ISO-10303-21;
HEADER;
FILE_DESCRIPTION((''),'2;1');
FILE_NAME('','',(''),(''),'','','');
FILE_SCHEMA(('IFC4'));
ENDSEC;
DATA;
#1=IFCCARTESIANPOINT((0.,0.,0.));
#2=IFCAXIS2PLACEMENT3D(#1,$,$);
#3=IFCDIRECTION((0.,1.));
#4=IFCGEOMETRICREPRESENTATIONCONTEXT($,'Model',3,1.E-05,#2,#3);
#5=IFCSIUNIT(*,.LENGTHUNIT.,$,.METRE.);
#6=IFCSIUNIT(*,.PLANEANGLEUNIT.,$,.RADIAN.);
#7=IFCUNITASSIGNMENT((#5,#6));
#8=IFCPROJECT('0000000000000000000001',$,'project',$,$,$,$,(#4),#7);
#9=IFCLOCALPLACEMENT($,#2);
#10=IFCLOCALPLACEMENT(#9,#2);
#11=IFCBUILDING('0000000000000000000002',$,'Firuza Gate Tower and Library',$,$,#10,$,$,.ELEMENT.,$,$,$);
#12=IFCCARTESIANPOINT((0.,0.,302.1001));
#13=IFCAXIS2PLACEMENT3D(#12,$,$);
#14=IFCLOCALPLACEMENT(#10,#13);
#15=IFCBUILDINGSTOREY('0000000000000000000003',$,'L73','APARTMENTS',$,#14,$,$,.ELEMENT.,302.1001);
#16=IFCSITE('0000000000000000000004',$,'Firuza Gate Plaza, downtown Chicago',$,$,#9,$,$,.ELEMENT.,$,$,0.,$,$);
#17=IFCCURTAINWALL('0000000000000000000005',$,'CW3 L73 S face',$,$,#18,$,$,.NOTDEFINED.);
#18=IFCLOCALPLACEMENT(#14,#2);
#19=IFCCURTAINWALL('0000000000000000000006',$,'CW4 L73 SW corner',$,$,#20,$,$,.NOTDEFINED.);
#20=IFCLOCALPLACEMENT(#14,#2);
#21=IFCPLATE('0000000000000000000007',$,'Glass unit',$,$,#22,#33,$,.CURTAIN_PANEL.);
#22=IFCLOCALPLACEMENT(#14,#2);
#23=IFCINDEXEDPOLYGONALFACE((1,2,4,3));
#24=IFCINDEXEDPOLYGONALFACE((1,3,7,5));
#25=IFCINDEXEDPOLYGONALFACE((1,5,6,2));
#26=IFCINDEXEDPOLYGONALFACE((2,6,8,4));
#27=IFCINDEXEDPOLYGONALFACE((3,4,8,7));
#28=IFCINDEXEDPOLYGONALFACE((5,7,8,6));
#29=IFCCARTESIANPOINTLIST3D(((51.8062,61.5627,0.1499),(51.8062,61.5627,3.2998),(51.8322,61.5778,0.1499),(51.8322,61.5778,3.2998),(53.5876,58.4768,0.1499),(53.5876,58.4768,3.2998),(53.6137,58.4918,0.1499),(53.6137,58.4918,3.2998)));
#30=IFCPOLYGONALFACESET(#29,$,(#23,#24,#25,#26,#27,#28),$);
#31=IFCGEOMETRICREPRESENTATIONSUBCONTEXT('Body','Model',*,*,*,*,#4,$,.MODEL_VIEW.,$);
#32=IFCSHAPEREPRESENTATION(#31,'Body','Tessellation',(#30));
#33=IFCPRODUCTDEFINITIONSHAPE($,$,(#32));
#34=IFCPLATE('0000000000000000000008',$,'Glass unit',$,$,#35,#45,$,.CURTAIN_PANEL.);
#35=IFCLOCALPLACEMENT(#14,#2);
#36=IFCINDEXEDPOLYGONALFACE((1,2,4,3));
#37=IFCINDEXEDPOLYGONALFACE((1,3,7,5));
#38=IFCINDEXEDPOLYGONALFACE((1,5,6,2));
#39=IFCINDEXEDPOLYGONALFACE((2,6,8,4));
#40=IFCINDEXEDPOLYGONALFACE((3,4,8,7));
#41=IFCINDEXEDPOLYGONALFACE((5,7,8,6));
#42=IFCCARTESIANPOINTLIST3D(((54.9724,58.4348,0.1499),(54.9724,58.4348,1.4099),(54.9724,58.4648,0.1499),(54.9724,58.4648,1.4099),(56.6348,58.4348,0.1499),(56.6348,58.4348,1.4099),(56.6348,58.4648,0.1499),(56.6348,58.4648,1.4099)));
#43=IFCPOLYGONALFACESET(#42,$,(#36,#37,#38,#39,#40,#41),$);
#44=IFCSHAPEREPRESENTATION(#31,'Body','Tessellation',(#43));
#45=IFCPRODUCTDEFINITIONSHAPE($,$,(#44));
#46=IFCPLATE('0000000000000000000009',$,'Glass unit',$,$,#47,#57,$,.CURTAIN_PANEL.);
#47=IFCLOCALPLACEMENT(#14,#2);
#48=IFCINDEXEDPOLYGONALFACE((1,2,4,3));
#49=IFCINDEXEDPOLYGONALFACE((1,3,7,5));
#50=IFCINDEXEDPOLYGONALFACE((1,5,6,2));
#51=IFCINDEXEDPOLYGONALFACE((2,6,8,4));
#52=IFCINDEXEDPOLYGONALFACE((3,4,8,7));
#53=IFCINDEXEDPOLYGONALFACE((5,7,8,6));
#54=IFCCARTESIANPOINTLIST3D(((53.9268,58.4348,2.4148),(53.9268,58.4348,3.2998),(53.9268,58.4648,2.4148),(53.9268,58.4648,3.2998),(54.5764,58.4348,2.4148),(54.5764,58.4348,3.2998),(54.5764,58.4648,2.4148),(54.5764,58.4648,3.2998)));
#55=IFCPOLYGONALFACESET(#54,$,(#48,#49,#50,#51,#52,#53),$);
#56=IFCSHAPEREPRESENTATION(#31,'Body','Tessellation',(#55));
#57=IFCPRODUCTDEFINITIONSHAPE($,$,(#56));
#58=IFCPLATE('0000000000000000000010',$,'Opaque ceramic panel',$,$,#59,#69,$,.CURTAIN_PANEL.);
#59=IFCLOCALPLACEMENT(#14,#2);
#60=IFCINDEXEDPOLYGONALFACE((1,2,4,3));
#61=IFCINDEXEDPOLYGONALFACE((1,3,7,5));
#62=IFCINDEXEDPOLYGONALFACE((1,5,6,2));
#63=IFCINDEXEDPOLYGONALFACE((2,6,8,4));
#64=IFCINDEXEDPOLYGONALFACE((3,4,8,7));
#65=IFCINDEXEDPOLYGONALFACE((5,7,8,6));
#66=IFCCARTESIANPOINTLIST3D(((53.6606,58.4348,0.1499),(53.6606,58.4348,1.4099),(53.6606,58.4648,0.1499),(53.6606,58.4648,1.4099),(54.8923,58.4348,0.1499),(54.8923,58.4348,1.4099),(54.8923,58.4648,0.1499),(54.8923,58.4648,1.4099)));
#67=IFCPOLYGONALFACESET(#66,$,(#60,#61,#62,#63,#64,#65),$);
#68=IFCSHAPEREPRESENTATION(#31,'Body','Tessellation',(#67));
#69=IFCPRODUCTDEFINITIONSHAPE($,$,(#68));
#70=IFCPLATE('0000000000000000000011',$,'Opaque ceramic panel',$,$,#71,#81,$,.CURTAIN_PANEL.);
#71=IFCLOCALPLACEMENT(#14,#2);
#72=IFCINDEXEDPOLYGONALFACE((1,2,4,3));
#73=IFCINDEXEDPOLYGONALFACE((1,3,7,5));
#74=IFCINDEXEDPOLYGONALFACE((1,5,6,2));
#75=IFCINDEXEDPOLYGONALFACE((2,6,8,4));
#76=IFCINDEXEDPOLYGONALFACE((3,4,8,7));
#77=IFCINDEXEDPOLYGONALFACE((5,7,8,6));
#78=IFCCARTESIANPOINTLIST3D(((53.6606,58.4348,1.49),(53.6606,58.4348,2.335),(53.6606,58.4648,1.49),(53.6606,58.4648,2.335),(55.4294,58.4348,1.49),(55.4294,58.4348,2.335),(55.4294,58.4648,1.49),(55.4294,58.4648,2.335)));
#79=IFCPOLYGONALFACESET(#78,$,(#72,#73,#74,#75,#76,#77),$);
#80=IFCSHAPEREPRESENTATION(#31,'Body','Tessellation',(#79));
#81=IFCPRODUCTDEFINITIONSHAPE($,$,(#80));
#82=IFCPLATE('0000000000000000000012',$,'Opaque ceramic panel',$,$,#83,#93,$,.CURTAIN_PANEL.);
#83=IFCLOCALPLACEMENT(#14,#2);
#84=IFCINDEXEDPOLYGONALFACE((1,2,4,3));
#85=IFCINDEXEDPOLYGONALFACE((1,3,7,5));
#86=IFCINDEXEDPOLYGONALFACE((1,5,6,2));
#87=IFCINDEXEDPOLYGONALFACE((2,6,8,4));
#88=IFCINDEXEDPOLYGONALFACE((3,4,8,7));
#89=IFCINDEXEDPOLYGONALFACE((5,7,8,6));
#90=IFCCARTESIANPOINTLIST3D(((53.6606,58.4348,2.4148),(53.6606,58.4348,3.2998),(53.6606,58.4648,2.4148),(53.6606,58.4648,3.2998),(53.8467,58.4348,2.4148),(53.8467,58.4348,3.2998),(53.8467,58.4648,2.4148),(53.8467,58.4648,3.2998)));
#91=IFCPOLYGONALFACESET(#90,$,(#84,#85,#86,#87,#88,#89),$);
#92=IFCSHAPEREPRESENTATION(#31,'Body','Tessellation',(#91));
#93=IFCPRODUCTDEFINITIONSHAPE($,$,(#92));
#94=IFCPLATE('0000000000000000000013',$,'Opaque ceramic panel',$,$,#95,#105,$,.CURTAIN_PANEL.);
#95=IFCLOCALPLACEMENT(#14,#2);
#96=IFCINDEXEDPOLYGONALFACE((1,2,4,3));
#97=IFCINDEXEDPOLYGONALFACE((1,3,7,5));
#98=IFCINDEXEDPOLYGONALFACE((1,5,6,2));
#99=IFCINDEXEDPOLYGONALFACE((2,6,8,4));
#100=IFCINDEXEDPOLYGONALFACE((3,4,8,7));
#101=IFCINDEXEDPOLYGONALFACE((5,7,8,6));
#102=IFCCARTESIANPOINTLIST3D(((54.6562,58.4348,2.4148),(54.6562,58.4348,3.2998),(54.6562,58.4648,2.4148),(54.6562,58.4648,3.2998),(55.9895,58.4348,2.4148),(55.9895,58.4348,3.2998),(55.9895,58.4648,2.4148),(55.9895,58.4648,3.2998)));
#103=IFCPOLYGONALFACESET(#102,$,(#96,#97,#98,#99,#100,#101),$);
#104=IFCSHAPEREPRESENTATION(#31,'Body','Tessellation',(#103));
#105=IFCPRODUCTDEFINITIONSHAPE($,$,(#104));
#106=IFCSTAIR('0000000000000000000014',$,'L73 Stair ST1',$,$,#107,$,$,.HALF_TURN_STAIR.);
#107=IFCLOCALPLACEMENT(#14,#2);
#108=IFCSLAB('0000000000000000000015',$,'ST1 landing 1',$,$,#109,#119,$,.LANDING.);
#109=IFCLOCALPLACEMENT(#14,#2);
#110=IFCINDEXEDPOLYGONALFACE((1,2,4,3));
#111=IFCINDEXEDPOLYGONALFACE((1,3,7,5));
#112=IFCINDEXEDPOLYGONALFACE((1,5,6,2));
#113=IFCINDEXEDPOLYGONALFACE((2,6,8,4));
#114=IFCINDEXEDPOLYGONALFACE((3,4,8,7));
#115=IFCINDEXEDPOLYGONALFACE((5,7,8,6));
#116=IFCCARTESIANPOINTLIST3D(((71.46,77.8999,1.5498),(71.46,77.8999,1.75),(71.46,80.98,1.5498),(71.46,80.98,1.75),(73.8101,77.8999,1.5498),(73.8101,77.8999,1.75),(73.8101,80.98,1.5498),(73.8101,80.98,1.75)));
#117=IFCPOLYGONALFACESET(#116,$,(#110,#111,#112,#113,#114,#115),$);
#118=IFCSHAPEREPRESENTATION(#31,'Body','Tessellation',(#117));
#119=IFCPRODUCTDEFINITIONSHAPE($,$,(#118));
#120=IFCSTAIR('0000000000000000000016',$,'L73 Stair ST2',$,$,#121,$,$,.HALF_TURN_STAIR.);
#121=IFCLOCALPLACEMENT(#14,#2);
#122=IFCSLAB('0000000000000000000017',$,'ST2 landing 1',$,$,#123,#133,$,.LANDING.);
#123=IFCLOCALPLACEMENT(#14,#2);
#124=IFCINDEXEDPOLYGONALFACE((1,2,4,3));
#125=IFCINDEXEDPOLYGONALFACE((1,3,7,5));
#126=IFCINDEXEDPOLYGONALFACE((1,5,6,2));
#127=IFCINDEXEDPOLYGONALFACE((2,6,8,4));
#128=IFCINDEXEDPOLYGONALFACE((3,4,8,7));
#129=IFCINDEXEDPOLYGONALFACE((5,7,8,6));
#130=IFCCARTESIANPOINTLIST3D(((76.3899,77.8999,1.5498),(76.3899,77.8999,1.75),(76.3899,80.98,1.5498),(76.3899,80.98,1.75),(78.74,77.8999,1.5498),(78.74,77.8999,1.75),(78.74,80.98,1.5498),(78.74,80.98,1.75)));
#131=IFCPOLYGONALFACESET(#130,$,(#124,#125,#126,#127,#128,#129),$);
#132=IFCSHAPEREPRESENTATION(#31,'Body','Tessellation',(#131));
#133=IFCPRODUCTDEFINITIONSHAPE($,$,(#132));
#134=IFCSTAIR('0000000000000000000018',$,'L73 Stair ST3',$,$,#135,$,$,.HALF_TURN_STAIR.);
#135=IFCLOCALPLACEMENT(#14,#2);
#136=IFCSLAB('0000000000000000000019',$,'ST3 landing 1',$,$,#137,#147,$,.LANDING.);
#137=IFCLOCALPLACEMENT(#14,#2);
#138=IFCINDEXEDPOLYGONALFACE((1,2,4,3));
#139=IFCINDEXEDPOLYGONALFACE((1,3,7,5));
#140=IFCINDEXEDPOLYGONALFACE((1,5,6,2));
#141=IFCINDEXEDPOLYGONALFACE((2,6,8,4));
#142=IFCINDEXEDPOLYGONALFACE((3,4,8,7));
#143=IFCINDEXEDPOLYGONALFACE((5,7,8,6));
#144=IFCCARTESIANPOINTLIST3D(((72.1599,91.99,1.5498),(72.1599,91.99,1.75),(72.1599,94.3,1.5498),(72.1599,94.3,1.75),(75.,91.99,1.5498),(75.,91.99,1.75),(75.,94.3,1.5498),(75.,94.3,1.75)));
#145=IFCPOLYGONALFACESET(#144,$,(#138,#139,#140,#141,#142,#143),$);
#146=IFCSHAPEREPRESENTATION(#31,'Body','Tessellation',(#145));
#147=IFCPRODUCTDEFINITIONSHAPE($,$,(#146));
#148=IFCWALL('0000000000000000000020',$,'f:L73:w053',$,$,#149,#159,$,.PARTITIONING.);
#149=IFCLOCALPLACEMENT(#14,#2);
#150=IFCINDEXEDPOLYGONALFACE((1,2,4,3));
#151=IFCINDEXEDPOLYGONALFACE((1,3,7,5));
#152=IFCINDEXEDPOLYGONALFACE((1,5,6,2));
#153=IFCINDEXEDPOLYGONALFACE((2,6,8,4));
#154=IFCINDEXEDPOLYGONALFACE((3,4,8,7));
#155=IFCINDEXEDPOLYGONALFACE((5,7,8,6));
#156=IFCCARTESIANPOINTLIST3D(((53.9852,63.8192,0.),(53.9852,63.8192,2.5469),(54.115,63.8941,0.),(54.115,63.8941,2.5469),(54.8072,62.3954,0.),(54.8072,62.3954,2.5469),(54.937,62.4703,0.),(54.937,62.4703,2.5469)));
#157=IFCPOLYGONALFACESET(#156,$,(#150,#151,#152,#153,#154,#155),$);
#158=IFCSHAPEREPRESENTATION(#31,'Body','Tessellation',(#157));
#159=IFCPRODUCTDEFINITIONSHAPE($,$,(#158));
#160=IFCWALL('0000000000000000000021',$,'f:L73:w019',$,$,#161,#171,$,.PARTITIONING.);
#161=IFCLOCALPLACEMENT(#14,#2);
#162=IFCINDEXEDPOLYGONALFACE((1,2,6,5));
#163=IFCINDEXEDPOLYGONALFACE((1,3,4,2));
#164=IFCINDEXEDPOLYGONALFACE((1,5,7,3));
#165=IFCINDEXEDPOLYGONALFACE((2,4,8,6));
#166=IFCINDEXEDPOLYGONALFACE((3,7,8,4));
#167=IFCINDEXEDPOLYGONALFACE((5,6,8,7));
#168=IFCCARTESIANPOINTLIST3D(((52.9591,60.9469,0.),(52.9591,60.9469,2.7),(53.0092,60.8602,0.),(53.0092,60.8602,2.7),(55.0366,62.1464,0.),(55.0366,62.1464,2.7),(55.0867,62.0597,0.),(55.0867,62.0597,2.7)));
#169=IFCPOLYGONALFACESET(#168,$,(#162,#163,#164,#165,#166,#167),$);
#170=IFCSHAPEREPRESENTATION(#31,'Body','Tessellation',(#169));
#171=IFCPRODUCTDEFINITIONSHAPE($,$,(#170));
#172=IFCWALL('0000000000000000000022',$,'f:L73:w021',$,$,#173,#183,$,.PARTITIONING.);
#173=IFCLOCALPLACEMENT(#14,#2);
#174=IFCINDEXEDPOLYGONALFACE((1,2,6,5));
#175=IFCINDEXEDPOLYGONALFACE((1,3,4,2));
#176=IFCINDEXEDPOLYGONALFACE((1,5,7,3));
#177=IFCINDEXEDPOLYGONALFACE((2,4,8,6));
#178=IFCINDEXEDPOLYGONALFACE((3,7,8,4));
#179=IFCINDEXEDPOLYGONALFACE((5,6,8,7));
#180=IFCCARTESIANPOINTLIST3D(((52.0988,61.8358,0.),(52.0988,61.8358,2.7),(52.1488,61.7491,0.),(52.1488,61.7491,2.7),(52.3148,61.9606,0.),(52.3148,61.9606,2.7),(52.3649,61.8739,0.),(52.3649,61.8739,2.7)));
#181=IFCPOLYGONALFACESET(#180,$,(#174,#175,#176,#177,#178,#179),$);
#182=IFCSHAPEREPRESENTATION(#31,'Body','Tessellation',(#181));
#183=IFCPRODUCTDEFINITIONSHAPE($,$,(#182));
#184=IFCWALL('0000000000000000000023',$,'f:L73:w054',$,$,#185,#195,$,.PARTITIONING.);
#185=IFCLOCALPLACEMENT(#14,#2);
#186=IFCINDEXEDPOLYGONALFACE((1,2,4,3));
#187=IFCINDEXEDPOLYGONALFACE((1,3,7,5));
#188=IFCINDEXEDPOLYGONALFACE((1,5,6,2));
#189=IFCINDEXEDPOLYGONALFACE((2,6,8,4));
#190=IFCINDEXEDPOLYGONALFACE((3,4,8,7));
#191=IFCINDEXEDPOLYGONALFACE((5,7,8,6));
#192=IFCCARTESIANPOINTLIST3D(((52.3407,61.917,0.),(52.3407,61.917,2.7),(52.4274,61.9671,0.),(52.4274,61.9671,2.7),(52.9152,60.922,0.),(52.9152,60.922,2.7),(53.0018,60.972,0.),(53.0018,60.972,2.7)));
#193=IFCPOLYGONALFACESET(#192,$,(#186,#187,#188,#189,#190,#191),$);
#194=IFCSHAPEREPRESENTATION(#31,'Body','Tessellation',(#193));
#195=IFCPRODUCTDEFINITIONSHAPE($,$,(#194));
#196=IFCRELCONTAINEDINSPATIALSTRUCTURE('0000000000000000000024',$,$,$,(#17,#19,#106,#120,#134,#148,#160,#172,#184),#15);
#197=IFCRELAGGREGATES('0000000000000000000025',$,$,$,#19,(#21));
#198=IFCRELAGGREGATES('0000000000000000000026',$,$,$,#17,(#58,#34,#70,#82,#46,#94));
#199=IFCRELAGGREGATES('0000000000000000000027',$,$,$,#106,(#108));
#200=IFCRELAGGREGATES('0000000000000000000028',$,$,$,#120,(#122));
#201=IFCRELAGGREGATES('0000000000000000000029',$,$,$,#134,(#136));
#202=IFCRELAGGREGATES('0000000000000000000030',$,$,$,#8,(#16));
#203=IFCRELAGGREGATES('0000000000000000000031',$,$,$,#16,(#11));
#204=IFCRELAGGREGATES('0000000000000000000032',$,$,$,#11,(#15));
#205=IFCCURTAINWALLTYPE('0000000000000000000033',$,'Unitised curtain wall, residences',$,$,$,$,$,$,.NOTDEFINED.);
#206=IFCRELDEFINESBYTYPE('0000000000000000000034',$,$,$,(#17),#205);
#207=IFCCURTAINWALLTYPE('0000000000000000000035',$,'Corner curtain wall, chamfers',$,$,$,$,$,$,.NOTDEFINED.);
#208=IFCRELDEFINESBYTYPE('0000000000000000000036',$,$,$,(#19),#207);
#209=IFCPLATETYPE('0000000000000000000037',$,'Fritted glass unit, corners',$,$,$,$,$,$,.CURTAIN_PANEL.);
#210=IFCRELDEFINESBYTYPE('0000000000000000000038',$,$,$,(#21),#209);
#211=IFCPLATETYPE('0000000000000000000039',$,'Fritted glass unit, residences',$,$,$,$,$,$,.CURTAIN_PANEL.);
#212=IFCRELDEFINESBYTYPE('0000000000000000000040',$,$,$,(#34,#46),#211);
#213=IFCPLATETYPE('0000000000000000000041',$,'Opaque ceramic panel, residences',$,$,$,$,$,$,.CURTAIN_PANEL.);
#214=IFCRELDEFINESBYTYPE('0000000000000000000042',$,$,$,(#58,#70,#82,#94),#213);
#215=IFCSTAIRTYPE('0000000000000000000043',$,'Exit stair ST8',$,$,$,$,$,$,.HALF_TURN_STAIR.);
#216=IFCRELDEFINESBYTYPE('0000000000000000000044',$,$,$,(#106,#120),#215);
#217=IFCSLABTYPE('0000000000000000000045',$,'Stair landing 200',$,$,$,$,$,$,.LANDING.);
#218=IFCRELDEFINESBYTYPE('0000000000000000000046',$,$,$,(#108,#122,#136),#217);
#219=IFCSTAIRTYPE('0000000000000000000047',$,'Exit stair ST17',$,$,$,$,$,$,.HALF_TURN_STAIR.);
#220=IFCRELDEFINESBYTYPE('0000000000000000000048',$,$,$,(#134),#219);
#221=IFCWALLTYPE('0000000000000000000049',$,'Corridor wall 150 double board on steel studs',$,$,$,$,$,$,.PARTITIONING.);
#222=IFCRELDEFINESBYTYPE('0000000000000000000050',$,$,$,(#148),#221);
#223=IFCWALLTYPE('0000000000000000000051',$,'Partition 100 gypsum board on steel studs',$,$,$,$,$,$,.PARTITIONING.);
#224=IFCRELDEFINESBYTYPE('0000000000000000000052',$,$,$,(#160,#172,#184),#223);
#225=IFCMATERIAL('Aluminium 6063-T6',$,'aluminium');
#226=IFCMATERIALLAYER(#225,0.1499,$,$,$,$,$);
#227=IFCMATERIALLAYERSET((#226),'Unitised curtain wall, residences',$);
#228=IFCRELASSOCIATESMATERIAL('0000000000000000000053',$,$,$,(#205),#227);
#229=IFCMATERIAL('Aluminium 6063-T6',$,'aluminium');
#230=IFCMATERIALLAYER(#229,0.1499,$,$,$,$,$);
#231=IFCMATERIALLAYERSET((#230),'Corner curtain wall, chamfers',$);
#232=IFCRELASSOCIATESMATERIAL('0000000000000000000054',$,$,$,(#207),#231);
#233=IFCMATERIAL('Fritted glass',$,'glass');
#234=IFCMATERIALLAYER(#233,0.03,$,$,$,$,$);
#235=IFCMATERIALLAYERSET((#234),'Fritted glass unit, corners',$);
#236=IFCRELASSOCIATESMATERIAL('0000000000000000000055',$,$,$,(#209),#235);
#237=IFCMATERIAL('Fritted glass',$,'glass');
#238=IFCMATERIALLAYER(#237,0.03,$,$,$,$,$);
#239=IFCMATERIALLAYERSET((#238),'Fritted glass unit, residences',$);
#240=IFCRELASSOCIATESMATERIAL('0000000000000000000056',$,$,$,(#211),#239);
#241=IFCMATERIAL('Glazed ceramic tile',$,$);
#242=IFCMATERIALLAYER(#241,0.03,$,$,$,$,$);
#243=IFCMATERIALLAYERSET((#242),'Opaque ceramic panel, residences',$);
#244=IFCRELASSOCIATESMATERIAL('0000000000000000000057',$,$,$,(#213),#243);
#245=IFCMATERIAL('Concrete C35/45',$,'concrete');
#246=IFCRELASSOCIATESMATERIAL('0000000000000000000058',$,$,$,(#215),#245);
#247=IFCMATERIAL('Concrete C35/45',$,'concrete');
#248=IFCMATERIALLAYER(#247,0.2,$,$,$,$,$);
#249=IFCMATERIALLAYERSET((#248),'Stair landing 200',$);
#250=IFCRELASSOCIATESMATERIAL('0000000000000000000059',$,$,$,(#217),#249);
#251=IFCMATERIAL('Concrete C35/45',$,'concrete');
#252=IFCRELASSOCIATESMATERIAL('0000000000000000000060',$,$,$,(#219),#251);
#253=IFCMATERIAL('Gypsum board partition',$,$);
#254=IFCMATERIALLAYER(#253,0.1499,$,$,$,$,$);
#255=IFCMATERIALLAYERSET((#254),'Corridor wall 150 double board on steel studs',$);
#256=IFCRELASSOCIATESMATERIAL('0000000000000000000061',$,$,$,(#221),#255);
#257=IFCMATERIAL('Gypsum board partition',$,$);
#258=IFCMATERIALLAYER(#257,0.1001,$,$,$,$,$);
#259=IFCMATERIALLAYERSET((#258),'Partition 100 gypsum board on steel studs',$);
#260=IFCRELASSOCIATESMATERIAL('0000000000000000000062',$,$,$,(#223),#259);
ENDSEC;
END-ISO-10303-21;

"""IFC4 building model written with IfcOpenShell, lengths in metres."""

from ifc_helpers import new_model, si_unit, direction, frame, frame_2d, origin, place, context, subcontext, project, spatial, polyline, rectangle, outline, extrude, material, layer, layer_set, type_object, element, aggregate, save


model = new_model("IFC4")

# Units and contexts
model_context = context("Model", 3, precision=1e-05, world=origin(), true_north=direction((0.0, 1.0)))
body_context = subcontext(model_context, "Body", "Model", "MODEL_VIEW")
ifc_project = project(units=[si_unit("LENGTHUNIT", "METRE"), si_unit("PLANEANGLEUNIT", "RADIAN")], contexts=[model_context])

# Site, building, storey
site_placement = place(None, origin())
site = spatial("IfcSite", under=ifc_project, at=site_placement, Name="Firuza Gate Plaza, downtown Chicago", CompositionType="ELEMENT", RefElevation=0.0)
building_placement = place(site_placement, origin())
building = spatial("IfcBuilding", under=site, at=building_placement, Name="Firuza Gate Tower and Library", CompositionType="ELEMENT")
storey_placement = place(building_placement, frame((0.0, 0.0, 302.1001)))
storey = spatial("IfcBuildingStorey", under=building, at=storey_placement, Name="L73", Description="APARTMENTS", CompositionType="ELEMENT", Elevation=302.1001)

# Curtain walls
ifc_material_1 = material(Name="Aluminium 6063-T6", Category="aluminium")
ifc_layer_1 = layer(ifc_material_1, 0.1499)
ifc_layer_set_1 = layer_set([ifc_layer_1], Name="Unitised curtain wall, residences")
curtain_wall_type_1 = type_object("IfcCurtainWallType", Name="Unitised curtain wall, residences", PredefinedType="NOTDEFINED", material=ifc_layer_set_1)
placement_1 = place(storey_placement, origin())
curtain_wall_1 = element("IfcCurtainWall", 1, at=placement_1, inside=storey, type_object=curtain_wall_type_1, Name="CW3 L73 S face", PredefinedType="NOTDEFINED")
ifc_material_2 = material(Name="Aluminium 6063-T6", Category="aluminium")
ifc_layer_2 = layer(ifc_material_2, 0.1499)
ifc_layer_set_2 = layer_set([ifc_layer_2], Name="Corner curtain wall, chamfers")
curtain_wall_type_2 = type_object("IfcCurtainWallType", Name="Corner curtain wall, chamfers", PredefinedType="NOTDEFINED", material=ifc_layer_set_2)
curtain_wall_2 = element("IfcCurtainWall", 2, at=placement_1, inside=storey, type_object=curtain_wall_type_2, Name="CW4 L73 SW corner", PredefinedType="NOTDEFINED")

# Plates
ifc_material_3 = material(Name="Fritted glass", Category="glass")
ifc_layer_3 = layer(ifc_material_3, 0.03)
ifc_layer_set_3 = layer_set([ifc_layer_3], Name="Fritted glass unit, corners")
plate_type_1 = type_object("IfcPlateType", Name="Fritted glass unit, corners", PredefinedType="CURTAIN_PANEL", material=ifc_layer_set_3)
plate_1_placement = place(storey_placement, frame((51.8062, 61.5627, 0.1499), z_axis=(-0.866046, -0.499964, 0.0), x_axis=(0.499964, -0.866046, 0.0)))
plate_1 = element("IfcPlate", 3, at=plate_1_placement, type_object=plate_type_1, Name="Glass unit", PredefinedType="CURTAIN_PANEL", context=body_context, shape_type="SweptSolid", body=[
    extrude(outline(polyline([(0.0, 0.0), (3.5632, 0.0), (3.5632, 3.1499), (0.0, 3.1499), (0.0, 0.0)])), origin(), (0.0, 0.0, -1.0), 0.03),
])
aggregate(curtain_wall_2, [plate_1])
ifc_material_4 = material(Name="Fritted glass", Category="glass")
ifc_layer_4 = layer(ifc_material_4, 0.03)
ifc_layer_set_4 = layer_set([ifc_layer_4], Name="Fritted glass unit, residences")
plate_type_2 = type_object("IfcPlateType", Name="Fritted glass unit, residences", PredefinedType="CURTAIN_PANEL", material=ifc_layer_set_4)
plate_2_placement = place(storey_placement, frame((54.9724, 58.4348, 0.1499), z_axis=(0.0, -1.0, 0.0), x_axis=(1.0, 0.0, 0.0)))
plate_2 = element("IfcPlate", 4, at=plate_2_placement, type_object=plate_type_2, Name="Glass unit", PredefinedType="CURTAIN_PANEL", context=body_context, shape_type="SweptSolid", body=[
    extrude(outline(polyline([(0.0, 0.0), (1.6624, 0.0), (1.6624, 1.26), (0.0, 1.26), (0.0, 0.0)])), origin(), (0.0, 0.0, -1.0), 0.03),
])
plate_3_placement = place(storey_placement, frame((53.9268, 58.4348, 2.4148), z_axis=(0.0, -1.0, 0.0), x_axis=(1.0, 0.0, 0.0)))
plate_3 = element("IfcPlate", 5, at=plate_3_placement, type_object=plate_type_2, Name="Glass unit", PredefinedType="CURTAIN_PANEL", context=body_context, shape_type="SweptSolid", body=[
    extrude(outline(polyline([(0.0, 0.0), (0.6497, 0.0), (0.6497, 0.885), (0.0, 0.885), (0.0, 0.0)])), origin(), (0.0, 0.0, -1.0), 0.03),
])
ifc_material_5 = material(Name="Glazed ceramic tile")
ifc_layer_5 = layer(ifc_material_5, 0.03)
ifc_layer_set_5 = layer_set([ifc_layer_5], Name="Opaque ceramic panel, residences")
plate_type_3 = type_object("IfcPlateType", Name="Opaque ceramic panel, residences", PredefinedType="CURTAIN_PANEL", material=ifc_layer_set_5)
plate_4_placement = place(storey_placement, frame((53.6606, 58.4348, 0.1499), z_axis=(0.0, -1.0, 0.0), x_axis=(1.0, 0.0, 0.0)))
plate_4 = element("IfcPlate", 6, at=plate_4_placement, type_object=plate_type_3, Name="Opaque ceramic panel", PredefinedType="CURTAIN_PANEL", context=body_context, shape_type="SweptSolid", body=[
    extrude(outline(polyline([(0.0, 0.0), (1.2317, 0.0), (1.2317, 1.26), (0.0, 1.26), (0.0, 0.0)])), origin(), (0.0, 0.0, -1.0), 0.03),
])
plate_5_placement = place(storey_placement, frame((53.6606, 58.4348, 1.49), z_axis=(0.0, -1.0, 0.0), x_axis=(1.0, 0.0, 0.0)))
plate_5 = element("IfcPlate", 7, at=plate_5_placement, type_object=plate_type_3, Name="Opaque ceramic panel", PredefinedType="CURTAIN_PANEL", context=body_context, shape_type="SweptSolid", body=[
    extrude(outline(polyline([(0.0, 0.0), (1.7688, 0.0), (1.7688, 0.845), (0.0, 0.845), (0.0, 0.0)])), origin(), (0.0, 0.0, -1.0), 0.03),
])
plate_6_placement = place(storey_placement, frame((53.6606, 58.4348, 2.4148), z_axis=(0.0, -1.0, 0.0), x_axis=(1.0, 0.0, 0.0)))
plate_6 = element("IfcPlate", 8, at=plate_6_placement, type_object=plate_type_3, Name="Opaque ceramic panel", PredefinedType="CURTAIN_PANEL", context=body_context, shape_type="SweptSolid", body=[
    extrude(outline(polyline([(0.0, 0.0), (0.186, 0.0), (0.186, 0.885), (0.0, 0.885), (0.0, 0.0)])), origin(), (0.0, 0.0, -1.0), 0.03),
])
plate_7_placement = place(storey_placement, frame((54.6562, 58.4348, 2.4148), z_axis=(0.0, -1.0, 0.0), x_axis=(1.0, 0.0, 0.0)))
plate_7 = element("IfcPlate", 9, at=plate_7_placement, type_object=plate_type_3, Name="Opaque ceramic panel", PredefinedType="CURTAIN_PANEL", context=body_context, shape_type="SweptSolid", body=[
    extrude(outline(polyline([(0.0, 0.0), (1.3333, 0.0), (1.3333, 0.885), (0.0, 0.885), (0.0, 0.0)])), origin(), (0.0, 0.0, -1.0), 0.03),
])
aggregate(curtain_wall_1, [plate_4, plate_2, plate_5, plate_6, plate_3, plate_7])

# Stairs, slabs
ifc_material_6 = material(Name="Concrete C35/45", Category="concrete")
stair_type_1 = type_object("IfcStairType", Name="Exit stair ST8", PredefinedType="HALF_TURN_STAIR", material=ifc_material_6)
stair_1 = element("IfcStair", 10, at=placement_1, inside=storey, type_object=stair_type_1, Name="L73 Stair ST1", PredefinedType="HALF_TURN_STAIR")
ifc_material_7 = material(Name="Concrete C35/45", Category="concrete")
ifc_layer_6 = layer(ifc_material_7, 0.2)
ifc_layer_set_6 = layer_set([ifc_layer_6], Name="Stair landing 200")
slab_type_1 = type_object("IfcSlabType", Name="Stair landing 200", PredefinedType="LANDING", material=ifc_layer_set_6)
placement_2 = place(storey_placement, frame((0.0, 0.0, 1.5498)))
slab_1 = element("IfcSlab", 11, at=placement_2, type_object=slab_type_1, Name="ST1 landing 1", PredefinedType="LANDING", context=body_context, shape_type="SweptSolid", body=[
    extrude(outline(polyline([(71.46, 77.8999), (73.8101, 77.8999), (73.8101, 80.98), (71.46, 80.98), (71.46, 77.8999)])), origin(), (0.0, 0.0, 1.0), 0.2002),
])
aggregate(stair_1, [slab_1])
stair_2 = element("IfcStair", 12, at=placement_1, inside=storey, type_object=stair_type_1, Name="L73 Stair ST2", PredefinedType="HALF_TURN_STAIR")
slab_2 = element("IfcSlab", 13, at=placement_2, type_object=slab_type_1, Name="ST2 landing 1", PredefinedType="LANDING", context=body_context, shape_type="SweptSolid", body=[
    extrude(outline(polyline([(78.74, 80.98), (76.3899, 80.98), (76.3899, 77.8999), (78.74, 77.8999), (78.74, 80.98)])), origin(), (0.0, 0.0, 1.0), 0.2002),
])
aggregate(stair_2, [slab_2])
ifc_material_8 = material(Name="Concrete C35/45", Category="concrete")
stair_type_2 = type_object("IfcStairType", Name="Exit stair ST17", PredefinedType="HALF_TURN_STAIR", material=ifc_material_8)
stair_3 = element("IfcStair", 14, at=placement_1, inside=storey, type_object=stair_type_2, Name="L73 Stair ST3", PredefinedType="HALF_TURN_STAIR")
slab_3 = element("IfcSlab", 15, at=placement_2, type_object=slab_type_1, Name="ST3 landing 1", PredefinedType="LANDING", context=body_context, shape_type="SweptSolid", body=[
    extrude(outline(polyline([(75.0, 91.99), (75.0, 94.3), (72.1599, 94.3), (72.1599, 91.99), (75.0, 91.99)])), origin(), (0.0, 0.0, 1.0), 0.2002),
])
aggregate(stair_3, [slab_3])

# Walls
ifc_material_9 = material(Name="Gypsum board partition")
ifc_layer_7 = layer(ifc_material_9, 0.1499)
ifc_layer_set_7 = layer_set([ifc_layer_7], Name="Corridor wall 150 double board on steel studs")
wall_type_1 = type_object("IfcWallType", Name="Corridor wall 150 double board on steel studs", PredefinedType="PARTITIONING", material=ifc_layer_set_7)
wall_1_placement = place(storey_placement, frame((54.8721, 62.4329, 0.0), z_axis=(0.0, 0.0, 1.0), x_axis=(-0.499988, 0.866032, 0.0)))
element("IfcWall", 16, at=wall_1_placement, inside=storey, type_object=wall_type_1, Name="f:L73:w053", PredefinedType="PARTITIONING", context=body_context, shape_type="SweptSolid", body=[
    extrude(rectangle(XDim=1.644, YDim=0.1499, at=frame_2d((0.822, 0.0))), origin(), (0.0, 0.0, 1.0), 2.5469),
])
ifc_material_10 = material(Name="Gypsum board partition")
ifc_layer_8 = layer(ifc_material_10, 0.1001)
ifc_layer_set_8 = layer_set([ifc_layer_8], Name="Partition 100 gypsum board on steel studs")
wall_type_2 = type_object("IfcWallType", Name="Partition 100 gypsum board on steel studs", PredefinedType="PARTITIONING", material=ifc_layer_set_8)
wall_2_placement = place(storey_placement, frame((52.9841, 60.9036, 0.0), z_axis=(0.0, 0.0, 1.0), x_axis=(0.866011, 0.500025, 0.0)))
element("IfcWall", 17, at=wall_2_placement, inside=storey, type_object=wall_type_2, Name="f:L73:w019", PredefinedType="PARTITIONING", context=body_context, shape_type="SweptSolid", body=[
    extrude(rectangle(XDim=2.3989, YDim=0.1001, at=frame_2d((1.1995, 0.0))), origin(), (0.0, 0.0, 1.0), 2.7),
])
wall_3_placement = place(storey_placement, frame((52.1238, 61.7925, 0.0), z_axis=(0.0, 0.0, 1.0), x_axis=(0.866006, 0.500033, 0.0)))
element("IfcWall", 18, at=wall_3_placement, inside=storey, type_object=wall_type_2, Name="f:L73:w021", PredefinedType="PARTITIONING", context=body_context, shape_type="SweptSolid", body=[
    extrude(rectangle(XDim=0.2495, YDim=0.1001, at=frame_2d((0.1248, 0.0))), origin(), (0.0, 0.0, 1.0), 2.7),
])
wall_4_placement = place(storey_placement, frame((52.9585, 60.947, 0.0), z_axis=(0.0, 0.0, 1.0), x_axis=(-0.499955, 0.866051, 0.0)))
element("IfcWall", 19, at=wall_4_placement, inside=storey, type_object=wall_type_2, Name="f:L73:w054", PredefinedType="PARTITIONING", context=body_context, shape_type="SweptSolid", body=[
    extrude(rectangle(XDim=1.1489, YDim=0.1001, at=frame_2d((0.5745, 0.0))), origin(), (0.0, 0.0, 1.0), 2.7),
])

save(model, "model.ifc")
